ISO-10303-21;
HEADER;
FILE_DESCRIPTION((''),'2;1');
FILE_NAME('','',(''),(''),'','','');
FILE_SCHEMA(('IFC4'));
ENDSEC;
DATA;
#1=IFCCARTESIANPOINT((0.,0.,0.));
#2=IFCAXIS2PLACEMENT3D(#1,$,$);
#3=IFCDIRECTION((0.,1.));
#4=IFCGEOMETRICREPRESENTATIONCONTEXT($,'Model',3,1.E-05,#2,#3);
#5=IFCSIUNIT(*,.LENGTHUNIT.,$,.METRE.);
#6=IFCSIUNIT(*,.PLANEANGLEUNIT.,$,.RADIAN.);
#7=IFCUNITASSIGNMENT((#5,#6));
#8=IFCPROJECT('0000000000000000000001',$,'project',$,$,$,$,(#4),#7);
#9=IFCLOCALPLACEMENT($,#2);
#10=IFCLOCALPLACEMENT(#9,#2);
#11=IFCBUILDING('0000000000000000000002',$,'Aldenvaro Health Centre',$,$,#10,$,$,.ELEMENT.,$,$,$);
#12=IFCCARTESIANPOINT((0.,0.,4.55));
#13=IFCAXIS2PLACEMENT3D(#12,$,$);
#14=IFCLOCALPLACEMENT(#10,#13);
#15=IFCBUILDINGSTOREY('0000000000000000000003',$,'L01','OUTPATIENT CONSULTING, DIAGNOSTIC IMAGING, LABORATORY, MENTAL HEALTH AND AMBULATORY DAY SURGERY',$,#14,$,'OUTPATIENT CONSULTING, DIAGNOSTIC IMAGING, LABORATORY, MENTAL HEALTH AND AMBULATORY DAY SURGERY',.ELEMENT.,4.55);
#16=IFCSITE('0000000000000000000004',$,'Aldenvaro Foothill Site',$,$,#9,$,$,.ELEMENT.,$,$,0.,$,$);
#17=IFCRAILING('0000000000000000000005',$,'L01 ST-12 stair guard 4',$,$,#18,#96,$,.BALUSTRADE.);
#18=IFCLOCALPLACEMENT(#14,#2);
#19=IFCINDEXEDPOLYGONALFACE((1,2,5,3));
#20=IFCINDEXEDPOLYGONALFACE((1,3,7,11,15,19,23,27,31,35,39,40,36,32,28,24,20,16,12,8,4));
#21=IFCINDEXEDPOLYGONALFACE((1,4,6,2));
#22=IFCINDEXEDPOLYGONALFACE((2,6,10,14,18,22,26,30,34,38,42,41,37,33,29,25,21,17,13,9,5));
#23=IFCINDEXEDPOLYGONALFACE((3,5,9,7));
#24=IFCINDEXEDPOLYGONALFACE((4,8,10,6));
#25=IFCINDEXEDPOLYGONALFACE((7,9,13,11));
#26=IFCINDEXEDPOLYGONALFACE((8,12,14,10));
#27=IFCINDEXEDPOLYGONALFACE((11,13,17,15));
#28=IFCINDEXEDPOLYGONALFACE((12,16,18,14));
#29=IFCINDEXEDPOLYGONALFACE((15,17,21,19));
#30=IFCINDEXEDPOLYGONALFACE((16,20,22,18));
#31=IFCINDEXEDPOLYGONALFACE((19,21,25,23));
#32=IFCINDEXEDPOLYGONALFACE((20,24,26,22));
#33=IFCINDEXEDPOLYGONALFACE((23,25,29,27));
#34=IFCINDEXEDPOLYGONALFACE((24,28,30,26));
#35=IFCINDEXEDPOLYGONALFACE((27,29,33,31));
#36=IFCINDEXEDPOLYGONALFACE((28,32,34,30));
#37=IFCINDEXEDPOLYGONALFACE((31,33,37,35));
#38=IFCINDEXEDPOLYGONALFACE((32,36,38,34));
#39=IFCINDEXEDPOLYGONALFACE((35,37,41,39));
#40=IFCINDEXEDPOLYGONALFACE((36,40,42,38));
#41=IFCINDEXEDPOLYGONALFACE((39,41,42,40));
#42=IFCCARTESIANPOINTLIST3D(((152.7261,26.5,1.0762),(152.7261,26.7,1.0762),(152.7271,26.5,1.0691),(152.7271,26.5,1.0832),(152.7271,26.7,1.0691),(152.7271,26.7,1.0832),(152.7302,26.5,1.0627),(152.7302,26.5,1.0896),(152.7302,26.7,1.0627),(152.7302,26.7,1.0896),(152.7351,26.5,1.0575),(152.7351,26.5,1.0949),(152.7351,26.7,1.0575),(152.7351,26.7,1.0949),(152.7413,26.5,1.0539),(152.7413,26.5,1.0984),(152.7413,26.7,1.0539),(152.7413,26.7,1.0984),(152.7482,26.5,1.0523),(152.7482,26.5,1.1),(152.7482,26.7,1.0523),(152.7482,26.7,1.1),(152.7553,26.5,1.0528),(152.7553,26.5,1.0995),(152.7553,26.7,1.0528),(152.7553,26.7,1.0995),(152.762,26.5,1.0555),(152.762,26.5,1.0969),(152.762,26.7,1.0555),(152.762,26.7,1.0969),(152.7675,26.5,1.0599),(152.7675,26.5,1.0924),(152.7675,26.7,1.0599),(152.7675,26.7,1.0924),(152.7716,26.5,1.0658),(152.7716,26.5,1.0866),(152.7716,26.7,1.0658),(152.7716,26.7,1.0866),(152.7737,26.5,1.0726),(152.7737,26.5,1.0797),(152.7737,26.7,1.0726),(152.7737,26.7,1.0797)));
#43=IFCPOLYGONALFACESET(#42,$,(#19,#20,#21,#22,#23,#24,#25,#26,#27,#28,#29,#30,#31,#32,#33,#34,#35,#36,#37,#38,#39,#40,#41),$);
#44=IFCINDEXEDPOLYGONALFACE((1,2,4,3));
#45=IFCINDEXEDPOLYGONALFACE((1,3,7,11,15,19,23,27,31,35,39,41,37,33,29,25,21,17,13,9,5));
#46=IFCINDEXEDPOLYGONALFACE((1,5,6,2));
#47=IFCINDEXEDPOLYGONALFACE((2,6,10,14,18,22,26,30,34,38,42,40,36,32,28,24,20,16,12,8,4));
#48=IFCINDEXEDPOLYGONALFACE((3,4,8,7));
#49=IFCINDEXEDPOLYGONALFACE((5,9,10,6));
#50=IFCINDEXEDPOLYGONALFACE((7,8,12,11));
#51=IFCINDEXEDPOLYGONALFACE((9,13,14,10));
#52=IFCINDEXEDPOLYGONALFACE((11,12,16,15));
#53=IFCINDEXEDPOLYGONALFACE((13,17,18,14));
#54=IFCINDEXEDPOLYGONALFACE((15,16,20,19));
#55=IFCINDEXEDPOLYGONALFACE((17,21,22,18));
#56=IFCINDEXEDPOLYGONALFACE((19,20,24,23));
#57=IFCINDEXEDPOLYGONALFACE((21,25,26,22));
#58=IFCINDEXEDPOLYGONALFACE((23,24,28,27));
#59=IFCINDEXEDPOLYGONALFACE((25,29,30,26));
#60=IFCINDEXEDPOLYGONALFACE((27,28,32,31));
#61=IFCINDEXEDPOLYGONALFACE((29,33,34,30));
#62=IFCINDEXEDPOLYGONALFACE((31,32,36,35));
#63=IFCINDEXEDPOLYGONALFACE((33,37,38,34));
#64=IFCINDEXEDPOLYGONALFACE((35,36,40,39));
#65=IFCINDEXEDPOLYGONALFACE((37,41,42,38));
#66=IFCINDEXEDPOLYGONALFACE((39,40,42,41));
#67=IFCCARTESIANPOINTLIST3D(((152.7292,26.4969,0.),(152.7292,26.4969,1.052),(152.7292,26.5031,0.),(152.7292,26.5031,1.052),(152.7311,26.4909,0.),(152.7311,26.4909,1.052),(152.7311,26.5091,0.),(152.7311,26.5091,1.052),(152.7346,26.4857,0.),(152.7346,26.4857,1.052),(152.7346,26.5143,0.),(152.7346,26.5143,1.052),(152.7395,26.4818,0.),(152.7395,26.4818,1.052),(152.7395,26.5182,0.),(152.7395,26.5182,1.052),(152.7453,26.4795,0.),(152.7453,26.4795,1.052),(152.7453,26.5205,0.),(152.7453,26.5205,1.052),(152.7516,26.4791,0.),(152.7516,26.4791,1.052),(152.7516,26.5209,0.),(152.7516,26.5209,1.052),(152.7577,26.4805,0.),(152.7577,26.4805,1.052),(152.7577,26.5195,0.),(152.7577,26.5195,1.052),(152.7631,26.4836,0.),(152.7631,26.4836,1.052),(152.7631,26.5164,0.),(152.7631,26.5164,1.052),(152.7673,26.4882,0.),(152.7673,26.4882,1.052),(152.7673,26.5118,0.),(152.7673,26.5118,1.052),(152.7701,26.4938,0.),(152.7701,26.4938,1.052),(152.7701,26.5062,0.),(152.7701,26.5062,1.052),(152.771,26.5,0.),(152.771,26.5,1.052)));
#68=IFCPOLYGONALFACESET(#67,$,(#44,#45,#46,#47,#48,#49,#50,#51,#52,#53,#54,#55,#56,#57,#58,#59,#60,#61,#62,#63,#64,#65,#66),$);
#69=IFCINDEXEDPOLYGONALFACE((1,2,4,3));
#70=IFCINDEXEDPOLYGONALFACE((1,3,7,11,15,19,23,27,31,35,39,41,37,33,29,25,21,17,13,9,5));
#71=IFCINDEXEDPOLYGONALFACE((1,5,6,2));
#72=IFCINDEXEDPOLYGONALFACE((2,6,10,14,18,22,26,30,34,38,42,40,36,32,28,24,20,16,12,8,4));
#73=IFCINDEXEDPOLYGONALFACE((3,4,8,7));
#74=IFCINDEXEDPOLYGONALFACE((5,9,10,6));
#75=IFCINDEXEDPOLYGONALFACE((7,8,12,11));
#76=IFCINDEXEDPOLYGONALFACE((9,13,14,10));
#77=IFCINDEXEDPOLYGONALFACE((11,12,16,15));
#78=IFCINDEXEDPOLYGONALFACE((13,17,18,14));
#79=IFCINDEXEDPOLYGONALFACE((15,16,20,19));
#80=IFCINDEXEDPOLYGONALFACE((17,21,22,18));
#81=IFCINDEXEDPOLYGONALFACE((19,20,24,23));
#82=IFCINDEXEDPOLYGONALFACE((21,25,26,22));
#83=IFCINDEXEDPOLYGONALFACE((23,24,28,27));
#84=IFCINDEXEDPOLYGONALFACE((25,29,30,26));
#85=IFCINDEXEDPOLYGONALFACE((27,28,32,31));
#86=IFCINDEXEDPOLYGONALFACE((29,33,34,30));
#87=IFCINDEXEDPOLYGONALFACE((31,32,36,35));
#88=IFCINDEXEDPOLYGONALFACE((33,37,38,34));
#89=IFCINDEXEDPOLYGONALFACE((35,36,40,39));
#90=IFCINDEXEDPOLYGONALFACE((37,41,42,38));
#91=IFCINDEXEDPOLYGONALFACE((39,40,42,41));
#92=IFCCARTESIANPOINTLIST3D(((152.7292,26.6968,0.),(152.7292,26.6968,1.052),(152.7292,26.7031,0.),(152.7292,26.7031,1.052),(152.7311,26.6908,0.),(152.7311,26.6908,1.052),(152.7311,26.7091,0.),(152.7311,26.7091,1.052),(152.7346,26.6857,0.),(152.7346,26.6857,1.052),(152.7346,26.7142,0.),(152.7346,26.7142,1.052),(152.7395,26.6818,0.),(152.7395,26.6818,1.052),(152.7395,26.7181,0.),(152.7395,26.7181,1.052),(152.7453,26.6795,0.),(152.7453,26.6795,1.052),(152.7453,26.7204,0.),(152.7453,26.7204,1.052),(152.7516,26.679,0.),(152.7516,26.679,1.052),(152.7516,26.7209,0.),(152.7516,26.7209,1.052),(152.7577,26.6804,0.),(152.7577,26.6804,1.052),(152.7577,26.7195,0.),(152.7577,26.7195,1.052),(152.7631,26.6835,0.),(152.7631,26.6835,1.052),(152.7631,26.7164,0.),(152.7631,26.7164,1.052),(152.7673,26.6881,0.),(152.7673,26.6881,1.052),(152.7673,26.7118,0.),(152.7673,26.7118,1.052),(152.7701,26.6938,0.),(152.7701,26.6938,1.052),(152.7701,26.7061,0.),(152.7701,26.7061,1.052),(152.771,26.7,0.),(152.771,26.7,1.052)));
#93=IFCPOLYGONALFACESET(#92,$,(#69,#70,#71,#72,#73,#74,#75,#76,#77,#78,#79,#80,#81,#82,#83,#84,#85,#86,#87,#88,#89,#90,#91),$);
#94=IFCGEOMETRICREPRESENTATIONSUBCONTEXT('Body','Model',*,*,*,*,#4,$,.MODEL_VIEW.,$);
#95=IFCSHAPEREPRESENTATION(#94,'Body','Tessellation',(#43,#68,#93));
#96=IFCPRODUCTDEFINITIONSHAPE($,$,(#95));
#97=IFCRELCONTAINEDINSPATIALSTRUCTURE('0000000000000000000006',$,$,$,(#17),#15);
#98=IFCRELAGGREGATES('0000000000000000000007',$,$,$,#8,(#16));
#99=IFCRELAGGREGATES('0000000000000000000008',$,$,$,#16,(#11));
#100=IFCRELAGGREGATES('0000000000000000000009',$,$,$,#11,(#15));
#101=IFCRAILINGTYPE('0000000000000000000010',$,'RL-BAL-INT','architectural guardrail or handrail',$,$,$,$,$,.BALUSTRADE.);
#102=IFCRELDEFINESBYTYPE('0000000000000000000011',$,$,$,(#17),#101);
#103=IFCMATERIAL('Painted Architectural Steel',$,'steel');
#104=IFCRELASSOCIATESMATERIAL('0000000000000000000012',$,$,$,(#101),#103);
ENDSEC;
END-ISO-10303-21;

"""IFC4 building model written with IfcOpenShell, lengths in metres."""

from ifc_helpers import new_model, si_unit, direction, frame, origin, origin_2d, place, context, subcontext, project, spatial, circle, extrude, material, type_object, element, save


model = new_model("IFC4")

# Units and contexts
model_context = context("Model", 3, precision=1e-05, world=origin(), true_north=direction((0.0, 1.0)))
body_context = subcontext(model_context, "Body", "Model", "MODEL_VIEW")
ifc_project = project(units=[si_unit("LENGTHUNIT", "METRE"), si_unit("PLANEANGLEUNIT", "RADIAN")], contexts=[model_context])

# Site, building, storey
site_placement = place(None, origin())
site = spatial("IfcSite", under=ifc_project, at=site_placement, Name="Aldenvaro Foothill Site", CompositionType="ELEMENT", RefElevation=0.0)
building_placement = place(site_placement, origin())
building = spatial("IfcBuilding", under=site, at=building_placement, Name="Aldenvaro Health Centre", CompositionType="ELEMENT")
storey_placement = place(building_placement, frame((0.0, 0.0, 4.55)))
storey = spatial("IfcBuildingStorey", under=building, at=storey_placement, Name="L01", Description="OUTPATIENT CONSULTING, DIAGNOSTIC IMAGING, LABORATORY, MENTAL HEALTH AND AMBULATORY DAY SURGERY", LongName="OUTPATIENT CONSULTING, DIAGNOSTIC IMAGING, LABORATORY, MENTAL HEALTH AND AMBULATORY DAY SURGERY", CompositionType="ELEMENT", Elevation=4.55)

# Railing
ifc_material_1 = material(Name="Painted Architectural Steel", Category="steel")
railing_type_1 = type_object("IfcRailingType", Name="RL-BAL-INT", Description="architectural guardrail or handrail", PredefinedType="BALUSTRADE", material=ifc_material_1)
railing_1_placement = place(storey_placement, frame((152.75, 26.5, 0.0)))
element("IfcRailing", 1, at=railing_1_placement, inside=storey, type_object=railing_type_1, Name="L01 ST-12 stair guard 4", PredefinedType="BALUSTRADE", context=body_context, shape_type="SweptSolid", body=[
    extrude(circle(Radius=0.0239, at=origin_2d()), frame((0.0, 0.0, 1.0762), z_axis=(0.0, 1.0, 0.0), x_axis=(-1.0, 0.0, 0.0)), (0.0, 0.0, 1.0), 0.2),
    extrude(circle(Radius=0.021, at=origin_2d()), origin(), (0.0, 0.0, 1.0), 1.052),
    extrude(circle(Radius=0.021, at=origin_2d()), frame((0.0, 0.2, 0.0)), (0.0, 0.0, 1.0), 1.052),
])

save(model, "model.ifc")
